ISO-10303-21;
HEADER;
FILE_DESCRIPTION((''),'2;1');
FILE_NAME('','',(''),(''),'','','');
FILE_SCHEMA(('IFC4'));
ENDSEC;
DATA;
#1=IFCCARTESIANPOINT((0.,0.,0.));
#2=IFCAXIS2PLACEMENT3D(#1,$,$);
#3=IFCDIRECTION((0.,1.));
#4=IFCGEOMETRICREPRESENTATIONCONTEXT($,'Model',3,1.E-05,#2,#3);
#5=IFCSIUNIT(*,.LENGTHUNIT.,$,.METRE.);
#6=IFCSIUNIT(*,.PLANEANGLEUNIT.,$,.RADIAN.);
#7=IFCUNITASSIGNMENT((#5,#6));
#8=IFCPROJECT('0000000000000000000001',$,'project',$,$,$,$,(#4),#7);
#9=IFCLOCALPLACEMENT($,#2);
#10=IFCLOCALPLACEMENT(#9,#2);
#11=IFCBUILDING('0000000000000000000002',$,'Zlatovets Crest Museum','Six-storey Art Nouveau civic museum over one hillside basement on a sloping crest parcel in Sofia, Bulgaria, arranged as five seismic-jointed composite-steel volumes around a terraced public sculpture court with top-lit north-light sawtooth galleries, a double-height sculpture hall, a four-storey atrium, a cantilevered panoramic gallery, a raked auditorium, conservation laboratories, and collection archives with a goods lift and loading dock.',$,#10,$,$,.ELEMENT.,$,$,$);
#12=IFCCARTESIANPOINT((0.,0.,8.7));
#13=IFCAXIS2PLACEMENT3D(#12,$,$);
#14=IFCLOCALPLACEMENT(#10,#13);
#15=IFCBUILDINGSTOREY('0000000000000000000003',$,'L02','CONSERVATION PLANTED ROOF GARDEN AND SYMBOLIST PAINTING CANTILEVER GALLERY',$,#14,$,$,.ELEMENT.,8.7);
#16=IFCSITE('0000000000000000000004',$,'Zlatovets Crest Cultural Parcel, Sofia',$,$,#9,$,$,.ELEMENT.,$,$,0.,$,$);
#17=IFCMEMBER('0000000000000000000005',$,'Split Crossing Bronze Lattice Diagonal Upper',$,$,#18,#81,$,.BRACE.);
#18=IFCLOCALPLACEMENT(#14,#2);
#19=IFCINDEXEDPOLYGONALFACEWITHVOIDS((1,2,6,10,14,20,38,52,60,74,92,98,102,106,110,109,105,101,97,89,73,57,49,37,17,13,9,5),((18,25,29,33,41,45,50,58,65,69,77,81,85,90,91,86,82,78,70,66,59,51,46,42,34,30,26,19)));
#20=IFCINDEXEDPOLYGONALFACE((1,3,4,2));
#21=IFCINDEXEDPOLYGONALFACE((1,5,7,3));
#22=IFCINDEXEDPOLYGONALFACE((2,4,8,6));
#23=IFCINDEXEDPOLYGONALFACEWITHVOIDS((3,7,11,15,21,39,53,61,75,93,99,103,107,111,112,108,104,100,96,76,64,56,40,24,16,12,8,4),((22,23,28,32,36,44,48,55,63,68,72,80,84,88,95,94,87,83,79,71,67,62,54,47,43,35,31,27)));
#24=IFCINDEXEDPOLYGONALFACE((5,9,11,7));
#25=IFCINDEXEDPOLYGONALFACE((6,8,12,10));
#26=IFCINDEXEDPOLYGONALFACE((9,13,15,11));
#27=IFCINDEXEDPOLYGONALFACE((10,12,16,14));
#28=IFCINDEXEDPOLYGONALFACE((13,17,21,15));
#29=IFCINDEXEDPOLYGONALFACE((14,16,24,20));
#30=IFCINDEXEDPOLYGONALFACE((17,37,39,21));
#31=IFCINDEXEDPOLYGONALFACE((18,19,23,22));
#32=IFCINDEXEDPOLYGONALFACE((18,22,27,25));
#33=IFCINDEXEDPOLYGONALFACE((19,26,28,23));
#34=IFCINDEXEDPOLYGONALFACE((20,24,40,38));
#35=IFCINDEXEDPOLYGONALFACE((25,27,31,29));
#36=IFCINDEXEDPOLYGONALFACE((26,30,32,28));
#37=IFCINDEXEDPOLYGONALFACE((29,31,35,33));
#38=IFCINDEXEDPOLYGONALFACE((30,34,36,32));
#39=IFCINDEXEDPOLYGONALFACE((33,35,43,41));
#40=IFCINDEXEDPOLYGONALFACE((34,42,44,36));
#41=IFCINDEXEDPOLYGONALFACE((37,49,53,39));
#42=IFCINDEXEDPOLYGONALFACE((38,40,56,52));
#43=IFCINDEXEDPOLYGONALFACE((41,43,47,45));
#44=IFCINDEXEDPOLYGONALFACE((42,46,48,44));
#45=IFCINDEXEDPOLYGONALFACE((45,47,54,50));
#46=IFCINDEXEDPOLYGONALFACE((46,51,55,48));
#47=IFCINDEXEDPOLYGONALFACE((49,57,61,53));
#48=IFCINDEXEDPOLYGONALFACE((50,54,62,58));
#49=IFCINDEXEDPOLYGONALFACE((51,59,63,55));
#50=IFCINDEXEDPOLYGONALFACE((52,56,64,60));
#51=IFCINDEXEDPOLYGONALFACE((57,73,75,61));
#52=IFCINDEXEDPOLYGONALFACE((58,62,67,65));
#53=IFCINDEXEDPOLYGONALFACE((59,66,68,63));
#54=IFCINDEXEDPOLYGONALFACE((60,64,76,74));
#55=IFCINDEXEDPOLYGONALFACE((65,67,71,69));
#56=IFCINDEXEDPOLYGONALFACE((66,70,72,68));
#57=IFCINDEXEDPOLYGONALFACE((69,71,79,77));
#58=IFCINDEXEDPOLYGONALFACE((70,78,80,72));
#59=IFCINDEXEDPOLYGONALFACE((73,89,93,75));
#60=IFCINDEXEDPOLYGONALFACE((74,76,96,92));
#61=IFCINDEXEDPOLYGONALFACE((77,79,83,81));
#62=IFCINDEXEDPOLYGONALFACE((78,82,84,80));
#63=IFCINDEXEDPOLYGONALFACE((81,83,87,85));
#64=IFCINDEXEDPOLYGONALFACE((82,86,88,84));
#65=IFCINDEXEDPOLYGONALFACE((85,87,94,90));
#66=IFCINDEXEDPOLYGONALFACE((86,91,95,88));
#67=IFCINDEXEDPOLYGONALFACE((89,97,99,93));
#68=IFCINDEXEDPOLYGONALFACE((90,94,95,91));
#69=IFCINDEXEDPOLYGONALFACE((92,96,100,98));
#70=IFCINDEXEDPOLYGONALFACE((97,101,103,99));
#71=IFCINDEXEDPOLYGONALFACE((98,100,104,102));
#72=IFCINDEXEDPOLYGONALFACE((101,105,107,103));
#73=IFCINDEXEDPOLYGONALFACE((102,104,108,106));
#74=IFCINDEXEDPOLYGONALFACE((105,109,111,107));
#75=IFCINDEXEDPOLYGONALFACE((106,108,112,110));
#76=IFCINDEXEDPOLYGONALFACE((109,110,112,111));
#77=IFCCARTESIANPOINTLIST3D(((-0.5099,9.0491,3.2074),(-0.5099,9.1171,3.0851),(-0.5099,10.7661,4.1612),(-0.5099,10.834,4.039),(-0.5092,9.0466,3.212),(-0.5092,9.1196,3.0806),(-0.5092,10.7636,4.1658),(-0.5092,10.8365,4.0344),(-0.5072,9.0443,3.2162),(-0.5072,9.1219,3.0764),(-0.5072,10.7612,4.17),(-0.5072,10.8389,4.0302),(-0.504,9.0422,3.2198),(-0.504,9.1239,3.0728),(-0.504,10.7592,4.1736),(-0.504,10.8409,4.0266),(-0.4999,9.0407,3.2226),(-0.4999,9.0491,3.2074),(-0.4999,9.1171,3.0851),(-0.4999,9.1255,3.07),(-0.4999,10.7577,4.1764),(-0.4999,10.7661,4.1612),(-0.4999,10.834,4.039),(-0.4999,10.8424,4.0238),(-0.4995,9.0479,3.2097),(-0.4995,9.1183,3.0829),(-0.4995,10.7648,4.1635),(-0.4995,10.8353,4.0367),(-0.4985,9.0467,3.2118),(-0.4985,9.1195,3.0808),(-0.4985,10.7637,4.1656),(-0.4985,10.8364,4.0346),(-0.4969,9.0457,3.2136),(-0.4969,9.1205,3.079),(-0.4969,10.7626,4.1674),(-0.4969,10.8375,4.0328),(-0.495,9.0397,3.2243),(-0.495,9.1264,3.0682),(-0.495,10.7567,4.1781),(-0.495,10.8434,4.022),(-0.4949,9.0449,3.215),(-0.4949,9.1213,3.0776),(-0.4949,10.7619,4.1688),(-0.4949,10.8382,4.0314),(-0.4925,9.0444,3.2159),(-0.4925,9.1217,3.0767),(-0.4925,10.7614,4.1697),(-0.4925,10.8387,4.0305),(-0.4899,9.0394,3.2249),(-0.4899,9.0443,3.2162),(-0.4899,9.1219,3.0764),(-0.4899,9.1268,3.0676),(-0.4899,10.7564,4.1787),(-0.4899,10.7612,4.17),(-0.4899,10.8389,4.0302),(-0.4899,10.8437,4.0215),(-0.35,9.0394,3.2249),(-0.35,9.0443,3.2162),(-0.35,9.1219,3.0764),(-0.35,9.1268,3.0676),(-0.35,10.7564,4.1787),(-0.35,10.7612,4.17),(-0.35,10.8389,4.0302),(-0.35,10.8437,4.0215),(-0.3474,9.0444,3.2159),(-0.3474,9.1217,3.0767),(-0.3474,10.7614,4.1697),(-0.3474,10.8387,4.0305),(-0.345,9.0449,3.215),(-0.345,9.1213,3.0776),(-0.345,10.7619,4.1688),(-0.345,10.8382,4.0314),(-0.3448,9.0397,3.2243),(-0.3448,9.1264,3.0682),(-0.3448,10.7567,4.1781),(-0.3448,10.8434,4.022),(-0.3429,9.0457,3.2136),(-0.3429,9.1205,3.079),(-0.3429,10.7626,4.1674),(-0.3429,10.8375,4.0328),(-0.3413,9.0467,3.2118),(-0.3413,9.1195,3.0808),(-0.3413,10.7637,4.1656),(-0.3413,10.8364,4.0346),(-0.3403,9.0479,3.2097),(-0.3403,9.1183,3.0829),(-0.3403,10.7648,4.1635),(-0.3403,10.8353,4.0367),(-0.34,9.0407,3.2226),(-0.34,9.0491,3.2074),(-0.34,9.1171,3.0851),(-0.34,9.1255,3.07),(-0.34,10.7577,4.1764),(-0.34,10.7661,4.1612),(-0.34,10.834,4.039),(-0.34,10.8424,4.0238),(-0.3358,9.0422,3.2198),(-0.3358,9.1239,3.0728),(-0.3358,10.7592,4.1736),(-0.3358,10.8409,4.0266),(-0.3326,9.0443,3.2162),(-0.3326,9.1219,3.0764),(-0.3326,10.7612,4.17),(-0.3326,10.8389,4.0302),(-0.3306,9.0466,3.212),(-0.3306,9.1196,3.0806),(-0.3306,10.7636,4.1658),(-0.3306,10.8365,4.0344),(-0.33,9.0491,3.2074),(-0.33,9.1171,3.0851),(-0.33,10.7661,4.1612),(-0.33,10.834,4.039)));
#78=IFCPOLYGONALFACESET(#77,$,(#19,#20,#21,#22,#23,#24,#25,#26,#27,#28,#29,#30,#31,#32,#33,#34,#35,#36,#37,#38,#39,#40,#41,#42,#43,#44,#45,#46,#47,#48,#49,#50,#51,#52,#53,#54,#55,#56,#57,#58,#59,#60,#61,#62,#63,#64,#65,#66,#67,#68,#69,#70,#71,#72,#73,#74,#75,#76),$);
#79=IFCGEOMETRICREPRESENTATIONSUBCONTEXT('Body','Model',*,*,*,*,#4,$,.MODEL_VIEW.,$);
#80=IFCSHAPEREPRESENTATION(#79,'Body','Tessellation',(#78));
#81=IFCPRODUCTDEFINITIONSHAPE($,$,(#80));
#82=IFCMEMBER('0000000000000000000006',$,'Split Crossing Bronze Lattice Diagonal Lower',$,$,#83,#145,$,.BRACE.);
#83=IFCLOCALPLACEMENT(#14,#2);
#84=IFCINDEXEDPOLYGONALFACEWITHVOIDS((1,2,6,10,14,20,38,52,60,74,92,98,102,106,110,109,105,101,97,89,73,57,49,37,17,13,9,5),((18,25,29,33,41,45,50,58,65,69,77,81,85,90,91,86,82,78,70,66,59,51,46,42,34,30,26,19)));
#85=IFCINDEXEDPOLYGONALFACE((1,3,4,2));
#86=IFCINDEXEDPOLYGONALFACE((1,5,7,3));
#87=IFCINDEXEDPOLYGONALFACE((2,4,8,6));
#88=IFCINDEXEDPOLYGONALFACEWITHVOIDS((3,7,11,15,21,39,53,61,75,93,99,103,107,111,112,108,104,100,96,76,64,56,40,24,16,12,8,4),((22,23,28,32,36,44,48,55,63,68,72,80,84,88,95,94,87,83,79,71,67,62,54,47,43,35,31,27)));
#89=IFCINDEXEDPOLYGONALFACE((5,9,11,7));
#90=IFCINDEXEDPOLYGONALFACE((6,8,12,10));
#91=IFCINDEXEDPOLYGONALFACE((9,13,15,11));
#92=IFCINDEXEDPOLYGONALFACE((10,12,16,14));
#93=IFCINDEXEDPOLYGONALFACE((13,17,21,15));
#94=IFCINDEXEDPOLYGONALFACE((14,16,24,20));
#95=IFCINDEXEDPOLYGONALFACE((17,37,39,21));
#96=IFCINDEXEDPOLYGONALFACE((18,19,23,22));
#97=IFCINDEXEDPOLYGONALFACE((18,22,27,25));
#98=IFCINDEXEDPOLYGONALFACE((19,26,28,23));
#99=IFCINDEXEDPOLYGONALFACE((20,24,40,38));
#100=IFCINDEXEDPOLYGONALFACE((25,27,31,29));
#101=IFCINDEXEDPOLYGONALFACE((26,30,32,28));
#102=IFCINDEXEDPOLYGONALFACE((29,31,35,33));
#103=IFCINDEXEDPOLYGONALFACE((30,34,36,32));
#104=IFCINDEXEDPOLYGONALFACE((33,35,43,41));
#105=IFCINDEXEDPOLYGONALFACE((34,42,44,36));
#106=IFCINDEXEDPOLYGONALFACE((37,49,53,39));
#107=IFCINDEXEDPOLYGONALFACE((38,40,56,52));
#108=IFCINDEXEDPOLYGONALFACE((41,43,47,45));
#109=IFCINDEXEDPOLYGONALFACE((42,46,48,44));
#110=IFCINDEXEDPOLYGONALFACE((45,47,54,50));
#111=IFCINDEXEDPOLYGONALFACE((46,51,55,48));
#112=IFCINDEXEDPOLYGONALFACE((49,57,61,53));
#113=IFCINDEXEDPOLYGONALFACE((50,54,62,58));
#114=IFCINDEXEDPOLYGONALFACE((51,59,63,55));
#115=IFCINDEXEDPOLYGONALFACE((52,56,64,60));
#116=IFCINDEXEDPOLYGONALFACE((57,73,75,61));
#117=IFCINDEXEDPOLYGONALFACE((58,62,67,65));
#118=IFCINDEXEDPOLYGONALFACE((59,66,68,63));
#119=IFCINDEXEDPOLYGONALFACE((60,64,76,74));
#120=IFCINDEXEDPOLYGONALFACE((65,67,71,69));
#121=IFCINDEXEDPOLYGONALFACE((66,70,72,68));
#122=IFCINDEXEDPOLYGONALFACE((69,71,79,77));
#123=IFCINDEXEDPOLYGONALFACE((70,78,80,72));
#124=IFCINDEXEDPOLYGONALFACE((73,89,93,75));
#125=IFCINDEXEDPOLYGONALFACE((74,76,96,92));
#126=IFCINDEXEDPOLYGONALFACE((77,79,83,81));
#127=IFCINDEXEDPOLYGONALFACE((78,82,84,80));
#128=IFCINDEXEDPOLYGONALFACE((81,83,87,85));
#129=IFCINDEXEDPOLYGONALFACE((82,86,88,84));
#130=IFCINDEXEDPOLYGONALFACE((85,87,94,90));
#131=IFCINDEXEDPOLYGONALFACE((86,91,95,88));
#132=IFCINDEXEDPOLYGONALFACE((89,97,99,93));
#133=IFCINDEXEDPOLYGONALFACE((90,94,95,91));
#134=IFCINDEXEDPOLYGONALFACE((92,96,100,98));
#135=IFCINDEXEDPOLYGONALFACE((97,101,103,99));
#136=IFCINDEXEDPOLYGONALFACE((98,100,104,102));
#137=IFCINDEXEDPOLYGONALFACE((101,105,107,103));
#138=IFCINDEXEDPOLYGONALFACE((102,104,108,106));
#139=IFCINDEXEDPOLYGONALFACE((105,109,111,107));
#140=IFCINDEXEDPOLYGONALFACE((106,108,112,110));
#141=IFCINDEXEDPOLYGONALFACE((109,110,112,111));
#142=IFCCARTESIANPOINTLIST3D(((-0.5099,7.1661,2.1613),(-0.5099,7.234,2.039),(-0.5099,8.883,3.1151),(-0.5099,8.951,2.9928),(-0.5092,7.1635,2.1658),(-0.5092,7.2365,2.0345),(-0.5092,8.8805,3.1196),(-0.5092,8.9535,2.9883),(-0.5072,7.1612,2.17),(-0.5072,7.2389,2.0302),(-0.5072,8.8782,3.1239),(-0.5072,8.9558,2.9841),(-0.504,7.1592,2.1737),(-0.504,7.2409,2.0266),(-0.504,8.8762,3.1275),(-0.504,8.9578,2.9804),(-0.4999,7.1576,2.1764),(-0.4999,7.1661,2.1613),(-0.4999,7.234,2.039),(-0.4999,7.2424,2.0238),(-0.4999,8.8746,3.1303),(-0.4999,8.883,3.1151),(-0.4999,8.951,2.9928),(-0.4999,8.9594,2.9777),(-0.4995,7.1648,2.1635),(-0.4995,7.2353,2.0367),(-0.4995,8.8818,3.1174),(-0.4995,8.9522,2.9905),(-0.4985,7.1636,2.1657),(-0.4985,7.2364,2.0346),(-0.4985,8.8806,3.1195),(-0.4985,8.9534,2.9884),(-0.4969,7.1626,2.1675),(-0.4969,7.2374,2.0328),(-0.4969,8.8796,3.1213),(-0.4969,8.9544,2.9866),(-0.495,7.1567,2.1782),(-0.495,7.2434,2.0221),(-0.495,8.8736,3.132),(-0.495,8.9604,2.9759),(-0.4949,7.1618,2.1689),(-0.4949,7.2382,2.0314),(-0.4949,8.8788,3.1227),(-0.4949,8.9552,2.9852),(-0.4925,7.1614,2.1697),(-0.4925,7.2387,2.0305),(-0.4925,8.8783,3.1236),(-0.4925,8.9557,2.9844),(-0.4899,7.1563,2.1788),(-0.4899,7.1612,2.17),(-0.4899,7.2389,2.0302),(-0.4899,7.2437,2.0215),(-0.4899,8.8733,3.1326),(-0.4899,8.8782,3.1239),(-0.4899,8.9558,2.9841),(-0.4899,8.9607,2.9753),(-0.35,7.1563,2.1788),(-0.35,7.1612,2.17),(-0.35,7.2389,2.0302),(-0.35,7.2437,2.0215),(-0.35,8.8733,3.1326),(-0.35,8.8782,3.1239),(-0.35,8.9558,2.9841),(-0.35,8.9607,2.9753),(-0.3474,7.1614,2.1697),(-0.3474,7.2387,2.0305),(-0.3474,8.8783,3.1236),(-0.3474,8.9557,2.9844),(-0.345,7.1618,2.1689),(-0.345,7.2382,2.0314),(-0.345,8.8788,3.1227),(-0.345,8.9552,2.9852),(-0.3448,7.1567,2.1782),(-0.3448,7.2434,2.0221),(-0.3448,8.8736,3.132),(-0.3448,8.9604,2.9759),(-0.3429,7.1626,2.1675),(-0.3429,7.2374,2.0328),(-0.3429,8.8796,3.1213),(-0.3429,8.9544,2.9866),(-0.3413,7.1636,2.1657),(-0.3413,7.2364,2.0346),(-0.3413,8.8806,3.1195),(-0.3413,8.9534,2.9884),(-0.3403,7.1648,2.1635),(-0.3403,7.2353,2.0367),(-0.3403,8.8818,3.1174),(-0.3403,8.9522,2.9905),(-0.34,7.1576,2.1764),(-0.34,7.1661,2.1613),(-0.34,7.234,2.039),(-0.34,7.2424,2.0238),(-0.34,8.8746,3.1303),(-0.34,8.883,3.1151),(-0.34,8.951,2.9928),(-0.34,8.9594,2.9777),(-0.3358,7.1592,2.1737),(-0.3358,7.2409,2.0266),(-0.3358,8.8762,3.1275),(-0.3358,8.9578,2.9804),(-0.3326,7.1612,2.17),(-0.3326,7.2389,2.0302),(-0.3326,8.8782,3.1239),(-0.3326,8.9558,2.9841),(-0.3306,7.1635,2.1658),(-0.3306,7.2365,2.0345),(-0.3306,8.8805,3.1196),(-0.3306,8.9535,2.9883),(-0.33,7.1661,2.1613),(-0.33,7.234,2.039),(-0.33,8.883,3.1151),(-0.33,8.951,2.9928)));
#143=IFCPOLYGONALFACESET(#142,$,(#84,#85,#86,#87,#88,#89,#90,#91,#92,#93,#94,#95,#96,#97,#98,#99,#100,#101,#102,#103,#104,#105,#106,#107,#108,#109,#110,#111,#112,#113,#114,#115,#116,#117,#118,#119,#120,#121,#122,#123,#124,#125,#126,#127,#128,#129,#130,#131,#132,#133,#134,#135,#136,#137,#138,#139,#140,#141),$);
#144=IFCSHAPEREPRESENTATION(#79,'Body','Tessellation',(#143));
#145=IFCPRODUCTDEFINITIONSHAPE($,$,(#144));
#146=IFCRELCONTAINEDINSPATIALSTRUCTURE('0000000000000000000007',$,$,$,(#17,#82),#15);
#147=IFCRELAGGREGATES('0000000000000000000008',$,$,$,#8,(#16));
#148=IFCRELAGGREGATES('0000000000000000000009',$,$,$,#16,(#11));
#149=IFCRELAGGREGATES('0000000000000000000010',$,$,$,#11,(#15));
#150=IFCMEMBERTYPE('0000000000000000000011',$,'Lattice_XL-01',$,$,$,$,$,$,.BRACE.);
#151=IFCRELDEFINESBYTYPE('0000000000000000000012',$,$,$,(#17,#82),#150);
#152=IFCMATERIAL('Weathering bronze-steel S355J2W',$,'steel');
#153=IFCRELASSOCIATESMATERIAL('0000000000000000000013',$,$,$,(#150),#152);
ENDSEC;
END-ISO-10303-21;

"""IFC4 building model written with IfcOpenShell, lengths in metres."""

from ifc_helpers import new_model, si_unit, direction, frame, origin, origin_2d, place, context, subcontext, project, spatial, hollow_rectangle, extrude, material, material_profile, profile_set, type_object, element, save


model = new_model("IFC4")

# Units and contexts
model_context = context("Model", 3, precision=1e-05, world=origin(), true_north=direction((0.0, 1.0)))
body_context = subcontext(model_context, "Body", "Model", "MODEL_VIEW")
ifc_project = project(units=[si_unit("LENGTHUNIT", "METRE"), si_unit("PLANEANGLEUNIT", "RADIAN")], contexts=[model_context])

# Site, building, storey
site_placement = place(None, origin())
site = spatial("IfcSite", under=ifc_project, at=site_placement, Name="Zlatovets Crest Cultural Parcel, Sofia", CompositionType="ELEMENT", RefElevation=0.0)
building_placement = place(site_placement, origin())
building = spatial("IfcBuilding", under=site, at=building_placement, Name="Zlatovets Crest Museum", Description="Six-storey Art Nouveau civic museum over one hillside basement on a sloping crest parcel in Sofia, Bulgaria, arranged as five seismic-jointed composite-steel volumes around a terraced public sculpture court with top-lit north-light sawtooth galleries, a double-height sculpture hall, a four-storey atrium, a cantilevered panoramic gallery, a raked auditorium, conservation laboratories, and collection archives with a goods lift and loading dock.", CompositionType="ELEMENT")
storey_placement = place(building_placement, frame((0.0, 0.0, 8.7)))
storey = spatial("IfcBuildingStorey", under=building, at=storey_placement, Name="L02", Description="CONSERVATION PLANTED ROOF GARDEN AND SYMBOLIST PAINTING CANTILEVER GALLERY", CompositionType="ELEMENT", Elevation=8.7)

# Members
ifc_material_1 = material(Name="Weathering bronze-steel S355J2W", Category="steel")
ifc_material_profile_1 = material_profile(ifc_material_1, hollow_rectangle(XDim=0.1799, YDim=0.1799, WallThickness=0.01, InnerFilletRadius=0.01, OuterFilletRadius=0.02, at=origin_2d()), Name="SHS 180x180x10.0")
ifc_profile_set_1 = profile_set([ifc_material_profile_1], Name="Weathering bronze-steel S355J2W")
member_type_1 = type_object("IfcMemberType", Name="Lattice_XL-01", PredefinedType="BRACE", material=ifc_profile_set_1)
for number, where, z_axis, x_axis, name in (
    (1, (-0.4199, 10.8, 4.1001), (0.0, -0.874169, -0.485622), (1.0, 0.0, 0.0), "Split Crossing Bronze Lattice Diagonal Upper"),
    (2, (-0.4199, 8.917, 3.054), (0.0, -0.874169, -0.485622), (1.0, 0.0, 0.0), "Split Crossing Bronze Lattice Diagonal Lower"),
):
    element("IfcMember", number, at=place(storey_placement, frame(where, z_axis=z_axis, x_axis=x_axis)), inside=storey, type_object=member_type_1, Name=name, PredefinedType="BRACE", context=body_context, shape_type="SweptSolid", body=[
        extrude(hollow_rectangle(XDim=0.1799, YDim=0.1799, WallThickness=0.01, InnerFilletRadius=0.01, OuterFilletRadius=0.02, at=origin_2d()), origin(), (0.0, 0.0, 1.0), 1.9641),
    ])

save(model, "model.ifc")
